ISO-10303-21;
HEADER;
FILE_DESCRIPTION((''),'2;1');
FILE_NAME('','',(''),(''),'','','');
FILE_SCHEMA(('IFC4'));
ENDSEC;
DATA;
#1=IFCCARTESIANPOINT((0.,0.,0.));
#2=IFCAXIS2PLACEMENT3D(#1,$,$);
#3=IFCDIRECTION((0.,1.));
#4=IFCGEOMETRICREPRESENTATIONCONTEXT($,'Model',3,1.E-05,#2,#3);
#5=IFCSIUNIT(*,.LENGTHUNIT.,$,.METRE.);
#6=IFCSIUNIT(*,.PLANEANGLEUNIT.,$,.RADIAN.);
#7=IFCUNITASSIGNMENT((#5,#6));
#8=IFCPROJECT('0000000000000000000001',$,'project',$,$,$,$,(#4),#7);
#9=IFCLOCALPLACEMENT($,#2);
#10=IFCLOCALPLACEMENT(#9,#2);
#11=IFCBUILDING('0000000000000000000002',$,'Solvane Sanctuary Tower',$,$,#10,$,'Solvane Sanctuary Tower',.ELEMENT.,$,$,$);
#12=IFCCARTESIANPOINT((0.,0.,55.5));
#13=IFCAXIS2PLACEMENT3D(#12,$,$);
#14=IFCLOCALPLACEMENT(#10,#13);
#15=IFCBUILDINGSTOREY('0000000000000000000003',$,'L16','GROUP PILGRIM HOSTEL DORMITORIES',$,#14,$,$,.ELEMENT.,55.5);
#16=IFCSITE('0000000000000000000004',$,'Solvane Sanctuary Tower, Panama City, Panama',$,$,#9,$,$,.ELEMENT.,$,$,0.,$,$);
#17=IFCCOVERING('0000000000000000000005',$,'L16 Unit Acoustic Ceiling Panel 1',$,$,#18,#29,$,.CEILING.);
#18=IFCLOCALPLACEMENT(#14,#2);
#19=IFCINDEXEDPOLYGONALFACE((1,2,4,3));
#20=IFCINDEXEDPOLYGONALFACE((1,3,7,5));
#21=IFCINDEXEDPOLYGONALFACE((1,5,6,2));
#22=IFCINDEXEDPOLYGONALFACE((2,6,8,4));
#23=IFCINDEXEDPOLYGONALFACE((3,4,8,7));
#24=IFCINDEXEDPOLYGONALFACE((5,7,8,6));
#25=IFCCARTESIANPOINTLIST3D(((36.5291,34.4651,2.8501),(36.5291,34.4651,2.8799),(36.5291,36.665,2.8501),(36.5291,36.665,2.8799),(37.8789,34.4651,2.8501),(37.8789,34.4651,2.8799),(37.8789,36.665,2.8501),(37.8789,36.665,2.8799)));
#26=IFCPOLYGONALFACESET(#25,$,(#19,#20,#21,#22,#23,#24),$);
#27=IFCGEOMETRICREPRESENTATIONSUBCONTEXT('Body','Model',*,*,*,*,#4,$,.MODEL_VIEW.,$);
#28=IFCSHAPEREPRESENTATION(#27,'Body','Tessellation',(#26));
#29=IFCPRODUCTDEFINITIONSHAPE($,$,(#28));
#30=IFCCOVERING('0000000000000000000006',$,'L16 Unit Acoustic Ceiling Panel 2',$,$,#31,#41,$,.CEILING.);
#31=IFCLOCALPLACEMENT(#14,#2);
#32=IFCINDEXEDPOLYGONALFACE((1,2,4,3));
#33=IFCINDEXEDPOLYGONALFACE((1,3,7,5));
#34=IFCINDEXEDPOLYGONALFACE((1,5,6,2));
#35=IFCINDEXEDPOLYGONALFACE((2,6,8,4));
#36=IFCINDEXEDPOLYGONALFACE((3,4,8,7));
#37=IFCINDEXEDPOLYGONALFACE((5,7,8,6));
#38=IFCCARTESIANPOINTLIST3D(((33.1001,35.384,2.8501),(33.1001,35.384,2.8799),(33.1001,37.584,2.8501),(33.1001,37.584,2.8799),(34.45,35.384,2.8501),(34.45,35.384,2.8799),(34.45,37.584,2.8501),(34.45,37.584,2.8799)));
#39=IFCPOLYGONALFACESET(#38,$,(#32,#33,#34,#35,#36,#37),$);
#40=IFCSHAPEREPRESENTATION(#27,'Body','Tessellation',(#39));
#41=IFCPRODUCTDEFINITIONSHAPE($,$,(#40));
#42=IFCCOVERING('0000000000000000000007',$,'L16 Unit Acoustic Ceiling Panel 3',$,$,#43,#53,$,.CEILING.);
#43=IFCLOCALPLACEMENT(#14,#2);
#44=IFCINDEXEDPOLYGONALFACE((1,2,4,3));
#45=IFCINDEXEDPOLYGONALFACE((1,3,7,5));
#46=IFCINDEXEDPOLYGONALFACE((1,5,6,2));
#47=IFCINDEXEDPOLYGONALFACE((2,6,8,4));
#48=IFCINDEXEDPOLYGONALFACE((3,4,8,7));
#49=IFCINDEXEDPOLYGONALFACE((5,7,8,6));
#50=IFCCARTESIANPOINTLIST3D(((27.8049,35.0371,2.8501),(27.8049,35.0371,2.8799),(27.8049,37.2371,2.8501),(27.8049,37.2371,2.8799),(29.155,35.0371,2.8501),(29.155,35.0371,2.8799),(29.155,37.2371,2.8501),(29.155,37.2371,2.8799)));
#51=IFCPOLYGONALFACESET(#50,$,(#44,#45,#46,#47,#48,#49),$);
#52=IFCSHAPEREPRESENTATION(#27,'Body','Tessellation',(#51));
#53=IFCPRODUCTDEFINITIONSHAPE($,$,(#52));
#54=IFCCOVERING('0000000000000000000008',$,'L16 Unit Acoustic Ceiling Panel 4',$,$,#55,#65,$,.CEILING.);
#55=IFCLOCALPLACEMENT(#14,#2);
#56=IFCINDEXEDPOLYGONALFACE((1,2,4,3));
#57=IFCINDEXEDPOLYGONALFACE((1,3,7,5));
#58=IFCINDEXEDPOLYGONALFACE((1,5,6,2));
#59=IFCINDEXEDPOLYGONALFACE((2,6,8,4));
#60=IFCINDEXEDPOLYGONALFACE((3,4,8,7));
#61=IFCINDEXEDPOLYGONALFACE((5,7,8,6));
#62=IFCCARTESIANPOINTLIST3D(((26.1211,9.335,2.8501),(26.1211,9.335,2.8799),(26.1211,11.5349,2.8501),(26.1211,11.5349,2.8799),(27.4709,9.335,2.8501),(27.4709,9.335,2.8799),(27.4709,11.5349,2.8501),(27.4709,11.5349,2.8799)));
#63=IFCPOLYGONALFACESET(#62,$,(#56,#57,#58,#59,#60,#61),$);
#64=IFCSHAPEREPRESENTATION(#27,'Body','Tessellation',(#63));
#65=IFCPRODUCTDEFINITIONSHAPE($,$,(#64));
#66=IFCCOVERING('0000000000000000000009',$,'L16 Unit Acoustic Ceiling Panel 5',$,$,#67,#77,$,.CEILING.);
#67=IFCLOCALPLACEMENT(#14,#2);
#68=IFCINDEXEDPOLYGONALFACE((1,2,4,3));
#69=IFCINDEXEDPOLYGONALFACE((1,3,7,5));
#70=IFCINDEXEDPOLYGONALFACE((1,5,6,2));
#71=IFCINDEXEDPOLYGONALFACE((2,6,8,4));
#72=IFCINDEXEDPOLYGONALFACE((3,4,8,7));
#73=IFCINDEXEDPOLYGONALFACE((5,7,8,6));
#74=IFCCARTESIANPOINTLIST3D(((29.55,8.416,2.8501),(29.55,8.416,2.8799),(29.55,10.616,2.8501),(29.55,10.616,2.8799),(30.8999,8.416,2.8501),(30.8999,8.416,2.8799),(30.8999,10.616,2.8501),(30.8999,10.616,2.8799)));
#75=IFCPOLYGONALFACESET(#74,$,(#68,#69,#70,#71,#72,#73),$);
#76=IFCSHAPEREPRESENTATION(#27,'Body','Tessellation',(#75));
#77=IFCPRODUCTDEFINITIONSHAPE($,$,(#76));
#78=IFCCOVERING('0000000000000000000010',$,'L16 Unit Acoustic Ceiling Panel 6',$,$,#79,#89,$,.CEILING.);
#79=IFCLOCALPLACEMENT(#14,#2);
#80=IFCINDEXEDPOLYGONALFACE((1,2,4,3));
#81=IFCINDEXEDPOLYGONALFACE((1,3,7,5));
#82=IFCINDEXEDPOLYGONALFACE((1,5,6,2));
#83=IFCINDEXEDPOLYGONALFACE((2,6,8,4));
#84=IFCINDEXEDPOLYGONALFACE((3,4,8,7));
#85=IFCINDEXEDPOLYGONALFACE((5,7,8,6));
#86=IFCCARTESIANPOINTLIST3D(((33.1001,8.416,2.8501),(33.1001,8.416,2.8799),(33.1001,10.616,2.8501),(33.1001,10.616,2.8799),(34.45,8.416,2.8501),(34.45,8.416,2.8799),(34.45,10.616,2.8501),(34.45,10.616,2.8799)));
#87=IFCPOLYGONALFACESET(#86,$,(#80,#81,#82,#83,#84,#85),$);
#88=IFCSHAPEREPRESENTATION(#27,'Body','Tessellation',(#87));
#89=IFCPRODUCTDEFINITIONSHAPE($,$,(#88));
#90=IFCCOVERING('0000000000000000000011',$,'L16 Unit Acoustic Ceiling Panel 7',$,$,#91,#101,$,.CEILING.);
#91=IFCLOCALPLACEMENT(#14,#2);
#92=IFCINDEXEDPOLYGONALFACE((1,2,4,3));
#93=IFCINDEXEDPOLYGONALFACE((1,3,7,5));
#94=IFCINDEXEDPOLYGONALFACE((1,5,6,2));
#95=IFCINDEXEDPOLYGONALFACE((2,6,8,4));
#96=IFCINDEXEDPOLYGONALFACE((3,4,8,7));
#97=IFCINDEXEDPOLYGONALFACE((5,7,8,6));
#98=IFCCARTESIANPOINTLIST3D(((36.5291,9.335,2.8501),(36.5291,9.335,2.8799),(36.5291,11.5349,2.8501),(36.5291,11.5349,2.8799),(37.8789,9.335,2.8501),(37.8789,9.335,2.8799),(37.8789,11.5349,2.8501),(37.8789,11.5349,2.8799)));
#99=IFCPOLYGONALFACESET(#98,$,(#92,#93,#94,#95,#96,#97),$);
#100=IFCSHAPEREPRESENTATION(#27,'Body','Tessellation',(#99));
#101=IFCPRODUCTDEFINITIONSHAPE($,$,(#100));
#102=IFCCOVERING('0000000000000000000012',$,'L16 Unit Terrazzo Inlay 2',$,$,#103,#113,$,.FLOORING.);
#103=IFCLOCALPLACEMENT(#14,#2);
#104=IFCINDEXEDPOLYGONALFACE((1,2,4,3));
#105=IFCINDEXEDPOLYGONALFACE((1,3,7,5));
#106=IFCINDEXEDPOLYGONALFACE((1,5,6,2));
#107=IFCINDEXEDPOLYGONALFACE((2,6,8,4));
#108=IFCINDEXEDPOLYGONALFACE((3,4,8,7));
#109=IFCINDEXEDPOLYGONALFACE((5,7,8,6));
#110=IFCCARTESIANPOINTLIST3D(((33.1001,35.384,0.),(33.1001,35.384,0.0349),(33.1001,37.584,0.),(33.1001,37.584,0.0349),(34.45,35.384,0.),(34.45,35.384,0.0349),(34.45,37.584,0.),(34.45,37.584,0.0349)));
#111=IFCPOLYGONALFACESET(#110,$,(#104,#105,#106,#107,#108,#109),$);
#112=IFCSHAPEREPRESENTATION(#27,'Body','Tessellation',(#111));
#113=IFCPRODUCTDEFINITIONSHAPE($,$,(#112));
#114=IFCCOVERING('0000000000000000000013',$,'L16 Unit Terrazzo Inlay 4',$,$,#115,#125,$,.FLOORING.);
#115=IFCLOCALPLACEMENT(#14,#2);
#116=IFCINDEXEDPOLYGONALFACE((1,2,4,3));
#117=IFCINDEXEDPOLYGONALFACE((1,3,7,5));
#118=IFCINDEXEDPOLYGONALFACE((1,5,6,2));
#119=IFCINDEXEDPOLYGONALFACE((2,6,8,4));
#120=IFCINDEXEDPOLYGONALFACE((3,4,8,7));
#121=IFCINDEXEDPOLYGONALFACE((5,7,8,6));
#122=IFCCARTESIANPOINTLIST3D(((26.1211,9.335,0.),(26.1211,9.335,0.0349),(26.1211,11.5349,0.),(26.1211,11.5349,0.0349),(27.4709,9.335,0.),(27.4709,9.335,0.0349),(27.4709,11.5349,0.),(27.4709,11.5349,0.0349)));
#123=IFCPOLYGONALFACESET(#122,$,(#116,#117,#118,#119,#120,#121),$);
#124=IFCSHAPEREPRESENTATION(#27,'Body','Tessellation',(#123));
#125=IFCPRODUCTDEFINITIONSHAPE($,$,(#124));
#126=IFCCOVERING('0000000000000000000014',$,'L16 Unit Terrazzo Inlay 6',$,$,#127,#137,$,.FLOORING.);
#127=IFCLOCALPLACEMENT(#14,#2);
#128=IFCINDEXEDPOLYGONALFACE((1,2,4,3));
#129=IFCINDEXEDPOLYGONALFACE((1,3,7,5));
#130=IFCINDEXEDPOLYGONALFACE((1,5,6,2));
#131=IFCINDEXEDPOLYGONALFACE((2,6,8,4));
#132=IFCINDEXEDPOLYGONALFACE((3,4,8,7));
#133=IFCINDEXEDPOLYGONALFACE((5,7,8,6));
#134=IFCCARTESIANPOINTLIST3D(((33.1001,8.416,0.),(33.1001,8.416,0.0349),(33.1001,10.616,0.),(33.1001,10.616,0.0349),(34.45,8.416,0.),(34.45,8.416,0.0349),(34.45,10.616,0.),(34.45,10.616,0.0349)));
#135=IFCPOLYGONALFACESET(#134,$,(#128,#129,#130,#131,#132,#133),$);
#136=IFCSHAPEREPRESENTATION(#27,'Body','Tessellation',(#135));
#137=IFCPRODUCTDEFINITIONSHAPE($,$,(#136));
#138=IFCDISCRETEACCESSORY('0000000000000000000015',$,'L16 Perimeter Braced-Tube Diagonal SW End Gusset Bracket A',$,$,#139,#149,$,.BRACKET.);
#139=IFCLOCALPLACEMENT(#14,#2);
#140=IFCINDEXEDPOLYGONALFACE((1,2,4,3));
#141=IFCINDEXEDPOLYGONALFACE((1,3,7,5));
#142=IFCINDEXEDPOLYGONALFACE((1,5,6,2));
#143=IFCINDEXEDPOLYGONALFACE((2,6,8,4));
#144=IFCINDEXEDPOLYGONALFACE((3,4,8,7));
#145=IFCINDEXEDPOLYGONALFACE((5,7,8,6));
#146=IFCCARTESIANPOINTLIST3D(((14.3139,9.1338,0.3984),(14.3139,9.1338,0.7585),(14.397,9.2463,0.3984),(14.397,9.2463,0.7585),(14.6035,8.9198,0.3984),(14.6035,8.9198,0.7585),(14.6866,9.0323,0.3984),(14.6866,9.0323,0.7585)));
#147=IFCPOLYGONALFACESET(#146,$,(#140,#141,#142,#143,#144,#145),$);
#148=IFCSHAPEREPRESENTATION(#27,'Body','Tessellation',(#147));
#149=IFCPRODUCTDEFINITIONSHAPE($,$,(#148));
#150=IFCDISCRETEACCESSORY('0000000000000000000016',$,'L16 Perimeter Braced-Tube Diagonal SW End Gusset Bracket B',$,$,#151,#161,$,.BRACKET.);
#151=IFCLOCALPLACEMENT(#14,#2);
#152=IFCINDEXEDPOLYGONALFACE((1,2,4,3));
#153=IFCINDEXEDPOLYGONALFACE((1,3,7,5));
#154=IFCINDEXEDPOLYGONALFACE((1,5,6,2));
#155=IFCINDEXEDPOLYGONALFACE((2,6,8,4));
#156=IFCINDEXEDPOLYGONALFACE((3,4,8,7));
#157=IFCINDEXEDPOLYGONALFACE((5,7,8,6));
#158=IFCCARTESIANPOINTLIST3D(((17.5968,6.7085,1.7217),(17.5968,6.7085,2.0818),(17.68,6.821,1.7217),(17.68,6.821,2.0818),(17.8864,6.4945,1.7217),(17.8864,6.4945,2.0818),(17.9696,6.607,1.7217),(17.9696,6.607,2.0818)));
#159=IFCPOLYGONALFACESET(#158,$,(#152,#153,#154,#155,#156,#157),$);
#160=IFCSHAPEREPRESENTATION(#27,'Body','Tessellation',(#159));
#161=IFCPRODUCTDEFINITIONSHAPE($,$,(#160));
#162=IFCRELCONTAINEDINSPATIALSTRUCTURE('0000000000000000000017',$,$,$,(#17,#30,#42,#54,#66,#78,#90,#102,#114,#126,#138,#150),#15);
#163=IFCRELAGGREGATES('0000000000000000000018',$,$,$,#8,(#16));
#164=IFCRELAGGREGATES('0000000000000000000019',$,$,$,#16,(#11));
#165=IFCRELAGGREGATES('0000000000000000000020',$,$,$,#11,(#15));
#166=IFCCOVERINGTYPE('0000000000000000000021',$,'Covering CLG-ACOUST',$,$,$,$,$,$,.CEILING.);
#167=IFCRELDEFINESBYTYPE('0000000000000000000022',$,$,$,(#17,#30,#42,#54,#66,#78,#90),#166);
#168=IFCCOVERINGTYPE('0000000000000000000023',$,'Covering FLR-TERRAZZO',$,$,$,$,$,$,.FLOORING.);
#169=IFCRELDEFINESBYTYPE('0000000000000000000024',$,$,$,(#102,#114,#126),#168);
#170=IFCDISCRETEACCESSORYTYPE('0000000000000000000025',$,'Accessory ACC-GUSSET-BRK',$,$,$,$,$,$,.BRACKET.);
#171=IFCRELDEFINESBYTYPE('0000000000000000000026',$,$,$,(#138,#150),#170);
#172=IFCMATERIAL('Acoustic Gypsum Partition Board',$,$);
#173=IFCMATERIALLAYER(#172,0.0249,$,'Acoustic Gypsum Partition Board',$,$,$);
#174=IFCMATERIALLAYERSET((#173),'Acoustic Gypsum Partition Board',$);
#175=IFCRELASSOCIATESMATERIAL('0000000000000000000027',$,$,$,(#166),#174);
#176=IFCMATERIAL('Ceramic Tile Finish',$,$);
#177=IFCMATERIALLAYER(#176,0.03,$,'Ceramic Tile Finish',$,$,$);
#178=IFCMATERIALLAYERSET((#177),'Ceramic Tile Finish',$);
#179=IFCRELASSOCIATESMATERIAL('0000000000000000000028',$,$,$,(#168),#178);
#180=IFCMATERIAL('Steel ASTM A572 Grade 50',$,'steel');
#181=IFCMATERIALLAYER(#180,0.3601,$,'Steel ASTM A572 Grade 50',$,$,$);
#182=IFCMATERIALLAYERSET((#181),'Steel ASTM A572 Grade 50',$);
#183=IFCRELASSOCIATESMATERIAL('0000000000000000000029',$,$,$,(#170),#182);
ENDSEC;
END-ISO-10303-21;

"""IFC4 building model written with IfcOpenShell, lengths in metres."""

from ifc_helpers import new_model, si_unit, direction, frame, origin, origin_2d, place, context, subcontext, project, spatial, polyline, rectangle, outline, extrude, material, layer, layer_set, type_object, element, save


model = new_model("IFC4")

# Units and contexts
model_context = context("Model", 3, precision=1e-05, world=origin(), true_north=direction((0.0, 1.0)))
body_context = subcontext(model_context, "Body", "Model", "MODEL_VIEW")
ifc_project = project(units=[si_unit("LENGTHUNIT", "METRE"), si_unit("PLANEANGLEUNIT", "RADIAN")], contexts=[model_context])

# Site, building, storey
site_placement = place(None, origin())
site = spatial("IfcSite", under=ifc_project, at=site_placement, Name="Solvane Sanctuary Tower, Panama City, Panama", CompositionType="ELEMENT", RefElevation=0.0)
building_placement = place(site_placement, origin())
building = spatial("IfcBuilding", under=site, at=building_placement, Name="Solvane Sanctuary Tower", LongName="Solvane Sanctuary Tower", CompositionType="ELEMENT")
storey_placement = place(building_placement, frame((0.0, 0.0, 55.5)))
storey = spatial("IfcBuildingStorey", under=building, at=storey_placement, Name="L16", Description="GROUP PILGRIM HOSTEL DORMITORIES", CompositionType="ELEMENT", Elevation=55.5)

# Coverings
ifc_material_1 = material(Name="Acoustic Gypsum Partition Board")
ifc_layer_1 = layer(ifc_material_1, 0.0249, Name="Acoustic Gypsum Partition Board")
ifc_layer_set_1 = layer_set([ifc_layer_1], Name="Acoustic Gypsum Partition Board")
covering_type_1 = type_object("IfcCoveringType", Name="Covering CLG-ACOUST", PredefinedType="CEILING", material=ifc_layer_set_1)
covering_1_placement = place(storey_placement, frame((0.0, 0.0, 2.8501)))
element("IfcCovering", 1, at=covering_1_placement, inside=storey, type_object=covering_type_1, Name="L16 Unit Acoustic Ceiling Panel 1", PredefinedType="CEILING", context=body_context, shape_type="SweptSolid", body=[
    extrude(outline(polyline([(36.5291, 34.4651), (37.8789, 34.4651), (37.8789, 36.665), (36.5291, 36.665), (36.5291, 34.4651)])), origin(), (0.0, 0.0, 1.0), 0.0298),
])
covering_2_placement = place(storey_placement, frame((0.0, 0.0, 2.8501)))
element("IfcCovering", 2, at=covering_2_placement, inside=storey, type_object=covering_type_1, Name="L16 Unit Acoustic Ceiling Panel 2", PredefinedType="CEILING", context=body_context, shape_type="SweptSolid", body=[
    extrude(outline(polyline([(33.1001, 35.384), (34.45, 35.384), (34.45, 37.584), (33.1001, 37.584), (33.1001, 35.384)])), origin(), (0.0, 0.0, 1.0), 0.0298),
])
covering_3_placement = place(storey_placement, frame((0.0, 0.0, 2.8501)))
element("IfcCovering", 3, at=covering_3_placement, inside=storey, type_object=covering_type_1, Name="L16 Unit Acoustic Ceiling Panel 3", PredefinedType="CEILING", context=body_context, shape_type="SweptSolid", body=[
    extrude(outline(polyline([(27.8049, 35.0371), (29.155, 35.0371), (29.155, 37.2371), (27.8049, 37.2371), (27.8049, 35.0371)])), origin(), (0.0, 0.0, 1.0), 0.0298),
])
covering_4_placement = place(storey_placement, frame((0.0, 0.0, 2.8501)))
element("IfcCovering", 4, at=covering_4_placement, inside=storey, type_object=covering_type_1, Name="L16 Unit Acoustic Ceiling Panel 4", PredefinedType="CEILING", context=body_context, shape_type="SweptSolid", body=[
    extrude(outline(polyline([(26.1211, 9.335), (27.4709, 9.335), (27.4709, 11.5349), (26.1211, 11.5349), (26.1211, 9.335)])), origin(), (0.0, 0.0, 1.0), 0.0298),
])
covering_5_placement = place(storey_placement, frame((0.0, 0.0, 2.8501)))
element("IfcCovering", 5, at=covering_5_placement, inside=storey, type_object=covering_type_1, Name="L16 Unit Acoustic Ceiling Panel 5", PredefinedType="CEILING", context=body_context, shape_type="SweptSolid", body=[
    extrude(outline(polyline([(29.55, 8.416), (30.8999, 8.416), (30.8999, 10.616), (29.55, 10.616), (29.55, 8.416)])), origin(), (0.0, 0.0, 1.0), 0.0298),
])
covering_6_placement = place(storey_placement, frame((0.0, 0.0, 2.8501)))
element("IfcCovering", 6, at=covering_6_placement, inside=storey, type_object=covering_type_1, Name="L16 Unit Acoustic Ceiling Panel 6", PredefinedType="CEILING", context=body_context, shape_type="SweptSolid", body=[
    extrude(outline(polyline([(33.1001, 8.416), (34.45, 8.416), (34.45, 10.616), (33.1001, 10.616), (33.1001, 8.416)])), origin(), (0.0, 0.0, 1.0), 0.0298),
])
covering_7_placement = place(storey_placement, frame((0.0, 0.0, 2.8501)))
element("IfcCovering", 7, at=covering_7_placement, inside=storey, type_object=covering_type_1, Name="L16 Unit Acoustic Ceiling Panel 7", PredefinedType="CEILING", context=body_context, shape_type="SweptSolid", body=[
    extrude(outline(polyline([(36.5291, 9.335), (37.8789, 9.335), (37.8789, 11.5349), (36.5291, 11.5349), (36.5291, 9.335)])), origin(), (0.0, 0.0, 1.0), 0.0298),
])
ifc_material_2 = material(Name="Ceramic Tile Finish")
ifc_layer_2 = layer(ifc_material_2, 0.03, Name="Ceramic Tile Finish")
ifc_layer_set_2 = layer_set([ifc_layer_2], Name="Ceramic Tile Finish")
covering_type_2 = type_object("IfcCoveringType", Name="Covering FLR-TERRAZZO", PredefinedType="FLOORING", material=ifc_layer_set_2)
covering_8_placement = place(storey_placement, origin())
element("IfcCovering", 8, at=covering_8_placement, inside=storey, type_object=covering_type_2, Name="L16 Unit Terrazzo Inlay 2", PredefinedType="FLOORING", context=body_context, shape_type="SweptSolid", body=[
    extrude(outline(polyline([(33.1001, 35.384), (34.45, 35.384), (34.45, 37.584), (33.1001, 37.584), (33.1001, 35.384)])), origin(), (0.0, 0.0, 1.0), 0.0349),
])
covering_9_placement = place(storey_placement, origin())
element("IfcCovering", 9, at=covering_9_placement, inside=storey, type_object=covering_type_2, Name="L16 Unit Terrazzo Inlay 4", PredefinedType="FLOORING", context=body_context, shape_type="SweptSolid", body=[
    extrude(outline(polyline([(26.1211, 9.335), (27.4709, 9.335), (27.4709, 11.5349), (26.1211, 11.5349), (26.1211, 9.335)])), origin(), (0.0, 0.0, 1.0), 0.0349),
])
covering_10_placement = place(storey_placement, origin())
element("IfcCovering", 10, at=covering_10_placement, inside=storey, type_object=covering_type_2, Name="L16 Unit Terrazzo Inlay 6", PredefinedType="FLOORING", context=body_context, shape_type="SweptSolid", body=[
    extrude(outline(polyline([(33.1001, 8.416), (34.45, 8.416), (34.45, 10.616), (33.1001, 10.616), (33.1001, 8.416)])), origin(), (0.0, 0.0, 1.0), 0.0349),
])

# Discrete accessories
ifc_material_3 = material(Name="Steel ASTM A572 Grade 50", Category="steel")
ifc_layer_3 = layer(ifc_material_3, 0.3601, Name="Steel ASTM A572 Grade 50")
ifc_layer_set_3 = layer_set([ifc_layer_3], Name="Steel ASTM A572 Grade 50")
discrete_accessory_type = type_object("IfcDiscreteAccessoryType", Name="Accessory ACC-GUSSET-BRK", PredefinedType="BRACKET", material=ifc_layer_set_3)
for number, where, z_axis, x_axis, name in (
    (11, (14.5002, 9.083, 0.3984), (0.0, 0.0, 1.0), (0.804272, -0.594261, 0.0), "L16 Perimeter Braced-Tube Diagonal SW End Gusset Bracket A"),
    (12, (17.7832, 6.6577, 1.7217), (0.0, 0.0, 1.0), (0.804272, -0.594261, 0.0), "L16 Perimeter Braced-Tube Diagonal SW End Gusset Bracket B"),
):
    element("IfcDiscreteAccessory", number, at=place(storey_placement, frame(where, z_axis=z_axis, x_axis=x_axis)), inside=storey, type_object=discrete_accessory_type, Name=name, PredefinedType="BRACKET", context=body_context, shape_type="SweptSolid", body=[
        extrude(rectangle(XDim=0.3601, YDim=0.1399, at=origin_2d()), origin(), (0.0, 0.0, 1.0), 0.3601),
    ])

save(model, "model.ifc")
